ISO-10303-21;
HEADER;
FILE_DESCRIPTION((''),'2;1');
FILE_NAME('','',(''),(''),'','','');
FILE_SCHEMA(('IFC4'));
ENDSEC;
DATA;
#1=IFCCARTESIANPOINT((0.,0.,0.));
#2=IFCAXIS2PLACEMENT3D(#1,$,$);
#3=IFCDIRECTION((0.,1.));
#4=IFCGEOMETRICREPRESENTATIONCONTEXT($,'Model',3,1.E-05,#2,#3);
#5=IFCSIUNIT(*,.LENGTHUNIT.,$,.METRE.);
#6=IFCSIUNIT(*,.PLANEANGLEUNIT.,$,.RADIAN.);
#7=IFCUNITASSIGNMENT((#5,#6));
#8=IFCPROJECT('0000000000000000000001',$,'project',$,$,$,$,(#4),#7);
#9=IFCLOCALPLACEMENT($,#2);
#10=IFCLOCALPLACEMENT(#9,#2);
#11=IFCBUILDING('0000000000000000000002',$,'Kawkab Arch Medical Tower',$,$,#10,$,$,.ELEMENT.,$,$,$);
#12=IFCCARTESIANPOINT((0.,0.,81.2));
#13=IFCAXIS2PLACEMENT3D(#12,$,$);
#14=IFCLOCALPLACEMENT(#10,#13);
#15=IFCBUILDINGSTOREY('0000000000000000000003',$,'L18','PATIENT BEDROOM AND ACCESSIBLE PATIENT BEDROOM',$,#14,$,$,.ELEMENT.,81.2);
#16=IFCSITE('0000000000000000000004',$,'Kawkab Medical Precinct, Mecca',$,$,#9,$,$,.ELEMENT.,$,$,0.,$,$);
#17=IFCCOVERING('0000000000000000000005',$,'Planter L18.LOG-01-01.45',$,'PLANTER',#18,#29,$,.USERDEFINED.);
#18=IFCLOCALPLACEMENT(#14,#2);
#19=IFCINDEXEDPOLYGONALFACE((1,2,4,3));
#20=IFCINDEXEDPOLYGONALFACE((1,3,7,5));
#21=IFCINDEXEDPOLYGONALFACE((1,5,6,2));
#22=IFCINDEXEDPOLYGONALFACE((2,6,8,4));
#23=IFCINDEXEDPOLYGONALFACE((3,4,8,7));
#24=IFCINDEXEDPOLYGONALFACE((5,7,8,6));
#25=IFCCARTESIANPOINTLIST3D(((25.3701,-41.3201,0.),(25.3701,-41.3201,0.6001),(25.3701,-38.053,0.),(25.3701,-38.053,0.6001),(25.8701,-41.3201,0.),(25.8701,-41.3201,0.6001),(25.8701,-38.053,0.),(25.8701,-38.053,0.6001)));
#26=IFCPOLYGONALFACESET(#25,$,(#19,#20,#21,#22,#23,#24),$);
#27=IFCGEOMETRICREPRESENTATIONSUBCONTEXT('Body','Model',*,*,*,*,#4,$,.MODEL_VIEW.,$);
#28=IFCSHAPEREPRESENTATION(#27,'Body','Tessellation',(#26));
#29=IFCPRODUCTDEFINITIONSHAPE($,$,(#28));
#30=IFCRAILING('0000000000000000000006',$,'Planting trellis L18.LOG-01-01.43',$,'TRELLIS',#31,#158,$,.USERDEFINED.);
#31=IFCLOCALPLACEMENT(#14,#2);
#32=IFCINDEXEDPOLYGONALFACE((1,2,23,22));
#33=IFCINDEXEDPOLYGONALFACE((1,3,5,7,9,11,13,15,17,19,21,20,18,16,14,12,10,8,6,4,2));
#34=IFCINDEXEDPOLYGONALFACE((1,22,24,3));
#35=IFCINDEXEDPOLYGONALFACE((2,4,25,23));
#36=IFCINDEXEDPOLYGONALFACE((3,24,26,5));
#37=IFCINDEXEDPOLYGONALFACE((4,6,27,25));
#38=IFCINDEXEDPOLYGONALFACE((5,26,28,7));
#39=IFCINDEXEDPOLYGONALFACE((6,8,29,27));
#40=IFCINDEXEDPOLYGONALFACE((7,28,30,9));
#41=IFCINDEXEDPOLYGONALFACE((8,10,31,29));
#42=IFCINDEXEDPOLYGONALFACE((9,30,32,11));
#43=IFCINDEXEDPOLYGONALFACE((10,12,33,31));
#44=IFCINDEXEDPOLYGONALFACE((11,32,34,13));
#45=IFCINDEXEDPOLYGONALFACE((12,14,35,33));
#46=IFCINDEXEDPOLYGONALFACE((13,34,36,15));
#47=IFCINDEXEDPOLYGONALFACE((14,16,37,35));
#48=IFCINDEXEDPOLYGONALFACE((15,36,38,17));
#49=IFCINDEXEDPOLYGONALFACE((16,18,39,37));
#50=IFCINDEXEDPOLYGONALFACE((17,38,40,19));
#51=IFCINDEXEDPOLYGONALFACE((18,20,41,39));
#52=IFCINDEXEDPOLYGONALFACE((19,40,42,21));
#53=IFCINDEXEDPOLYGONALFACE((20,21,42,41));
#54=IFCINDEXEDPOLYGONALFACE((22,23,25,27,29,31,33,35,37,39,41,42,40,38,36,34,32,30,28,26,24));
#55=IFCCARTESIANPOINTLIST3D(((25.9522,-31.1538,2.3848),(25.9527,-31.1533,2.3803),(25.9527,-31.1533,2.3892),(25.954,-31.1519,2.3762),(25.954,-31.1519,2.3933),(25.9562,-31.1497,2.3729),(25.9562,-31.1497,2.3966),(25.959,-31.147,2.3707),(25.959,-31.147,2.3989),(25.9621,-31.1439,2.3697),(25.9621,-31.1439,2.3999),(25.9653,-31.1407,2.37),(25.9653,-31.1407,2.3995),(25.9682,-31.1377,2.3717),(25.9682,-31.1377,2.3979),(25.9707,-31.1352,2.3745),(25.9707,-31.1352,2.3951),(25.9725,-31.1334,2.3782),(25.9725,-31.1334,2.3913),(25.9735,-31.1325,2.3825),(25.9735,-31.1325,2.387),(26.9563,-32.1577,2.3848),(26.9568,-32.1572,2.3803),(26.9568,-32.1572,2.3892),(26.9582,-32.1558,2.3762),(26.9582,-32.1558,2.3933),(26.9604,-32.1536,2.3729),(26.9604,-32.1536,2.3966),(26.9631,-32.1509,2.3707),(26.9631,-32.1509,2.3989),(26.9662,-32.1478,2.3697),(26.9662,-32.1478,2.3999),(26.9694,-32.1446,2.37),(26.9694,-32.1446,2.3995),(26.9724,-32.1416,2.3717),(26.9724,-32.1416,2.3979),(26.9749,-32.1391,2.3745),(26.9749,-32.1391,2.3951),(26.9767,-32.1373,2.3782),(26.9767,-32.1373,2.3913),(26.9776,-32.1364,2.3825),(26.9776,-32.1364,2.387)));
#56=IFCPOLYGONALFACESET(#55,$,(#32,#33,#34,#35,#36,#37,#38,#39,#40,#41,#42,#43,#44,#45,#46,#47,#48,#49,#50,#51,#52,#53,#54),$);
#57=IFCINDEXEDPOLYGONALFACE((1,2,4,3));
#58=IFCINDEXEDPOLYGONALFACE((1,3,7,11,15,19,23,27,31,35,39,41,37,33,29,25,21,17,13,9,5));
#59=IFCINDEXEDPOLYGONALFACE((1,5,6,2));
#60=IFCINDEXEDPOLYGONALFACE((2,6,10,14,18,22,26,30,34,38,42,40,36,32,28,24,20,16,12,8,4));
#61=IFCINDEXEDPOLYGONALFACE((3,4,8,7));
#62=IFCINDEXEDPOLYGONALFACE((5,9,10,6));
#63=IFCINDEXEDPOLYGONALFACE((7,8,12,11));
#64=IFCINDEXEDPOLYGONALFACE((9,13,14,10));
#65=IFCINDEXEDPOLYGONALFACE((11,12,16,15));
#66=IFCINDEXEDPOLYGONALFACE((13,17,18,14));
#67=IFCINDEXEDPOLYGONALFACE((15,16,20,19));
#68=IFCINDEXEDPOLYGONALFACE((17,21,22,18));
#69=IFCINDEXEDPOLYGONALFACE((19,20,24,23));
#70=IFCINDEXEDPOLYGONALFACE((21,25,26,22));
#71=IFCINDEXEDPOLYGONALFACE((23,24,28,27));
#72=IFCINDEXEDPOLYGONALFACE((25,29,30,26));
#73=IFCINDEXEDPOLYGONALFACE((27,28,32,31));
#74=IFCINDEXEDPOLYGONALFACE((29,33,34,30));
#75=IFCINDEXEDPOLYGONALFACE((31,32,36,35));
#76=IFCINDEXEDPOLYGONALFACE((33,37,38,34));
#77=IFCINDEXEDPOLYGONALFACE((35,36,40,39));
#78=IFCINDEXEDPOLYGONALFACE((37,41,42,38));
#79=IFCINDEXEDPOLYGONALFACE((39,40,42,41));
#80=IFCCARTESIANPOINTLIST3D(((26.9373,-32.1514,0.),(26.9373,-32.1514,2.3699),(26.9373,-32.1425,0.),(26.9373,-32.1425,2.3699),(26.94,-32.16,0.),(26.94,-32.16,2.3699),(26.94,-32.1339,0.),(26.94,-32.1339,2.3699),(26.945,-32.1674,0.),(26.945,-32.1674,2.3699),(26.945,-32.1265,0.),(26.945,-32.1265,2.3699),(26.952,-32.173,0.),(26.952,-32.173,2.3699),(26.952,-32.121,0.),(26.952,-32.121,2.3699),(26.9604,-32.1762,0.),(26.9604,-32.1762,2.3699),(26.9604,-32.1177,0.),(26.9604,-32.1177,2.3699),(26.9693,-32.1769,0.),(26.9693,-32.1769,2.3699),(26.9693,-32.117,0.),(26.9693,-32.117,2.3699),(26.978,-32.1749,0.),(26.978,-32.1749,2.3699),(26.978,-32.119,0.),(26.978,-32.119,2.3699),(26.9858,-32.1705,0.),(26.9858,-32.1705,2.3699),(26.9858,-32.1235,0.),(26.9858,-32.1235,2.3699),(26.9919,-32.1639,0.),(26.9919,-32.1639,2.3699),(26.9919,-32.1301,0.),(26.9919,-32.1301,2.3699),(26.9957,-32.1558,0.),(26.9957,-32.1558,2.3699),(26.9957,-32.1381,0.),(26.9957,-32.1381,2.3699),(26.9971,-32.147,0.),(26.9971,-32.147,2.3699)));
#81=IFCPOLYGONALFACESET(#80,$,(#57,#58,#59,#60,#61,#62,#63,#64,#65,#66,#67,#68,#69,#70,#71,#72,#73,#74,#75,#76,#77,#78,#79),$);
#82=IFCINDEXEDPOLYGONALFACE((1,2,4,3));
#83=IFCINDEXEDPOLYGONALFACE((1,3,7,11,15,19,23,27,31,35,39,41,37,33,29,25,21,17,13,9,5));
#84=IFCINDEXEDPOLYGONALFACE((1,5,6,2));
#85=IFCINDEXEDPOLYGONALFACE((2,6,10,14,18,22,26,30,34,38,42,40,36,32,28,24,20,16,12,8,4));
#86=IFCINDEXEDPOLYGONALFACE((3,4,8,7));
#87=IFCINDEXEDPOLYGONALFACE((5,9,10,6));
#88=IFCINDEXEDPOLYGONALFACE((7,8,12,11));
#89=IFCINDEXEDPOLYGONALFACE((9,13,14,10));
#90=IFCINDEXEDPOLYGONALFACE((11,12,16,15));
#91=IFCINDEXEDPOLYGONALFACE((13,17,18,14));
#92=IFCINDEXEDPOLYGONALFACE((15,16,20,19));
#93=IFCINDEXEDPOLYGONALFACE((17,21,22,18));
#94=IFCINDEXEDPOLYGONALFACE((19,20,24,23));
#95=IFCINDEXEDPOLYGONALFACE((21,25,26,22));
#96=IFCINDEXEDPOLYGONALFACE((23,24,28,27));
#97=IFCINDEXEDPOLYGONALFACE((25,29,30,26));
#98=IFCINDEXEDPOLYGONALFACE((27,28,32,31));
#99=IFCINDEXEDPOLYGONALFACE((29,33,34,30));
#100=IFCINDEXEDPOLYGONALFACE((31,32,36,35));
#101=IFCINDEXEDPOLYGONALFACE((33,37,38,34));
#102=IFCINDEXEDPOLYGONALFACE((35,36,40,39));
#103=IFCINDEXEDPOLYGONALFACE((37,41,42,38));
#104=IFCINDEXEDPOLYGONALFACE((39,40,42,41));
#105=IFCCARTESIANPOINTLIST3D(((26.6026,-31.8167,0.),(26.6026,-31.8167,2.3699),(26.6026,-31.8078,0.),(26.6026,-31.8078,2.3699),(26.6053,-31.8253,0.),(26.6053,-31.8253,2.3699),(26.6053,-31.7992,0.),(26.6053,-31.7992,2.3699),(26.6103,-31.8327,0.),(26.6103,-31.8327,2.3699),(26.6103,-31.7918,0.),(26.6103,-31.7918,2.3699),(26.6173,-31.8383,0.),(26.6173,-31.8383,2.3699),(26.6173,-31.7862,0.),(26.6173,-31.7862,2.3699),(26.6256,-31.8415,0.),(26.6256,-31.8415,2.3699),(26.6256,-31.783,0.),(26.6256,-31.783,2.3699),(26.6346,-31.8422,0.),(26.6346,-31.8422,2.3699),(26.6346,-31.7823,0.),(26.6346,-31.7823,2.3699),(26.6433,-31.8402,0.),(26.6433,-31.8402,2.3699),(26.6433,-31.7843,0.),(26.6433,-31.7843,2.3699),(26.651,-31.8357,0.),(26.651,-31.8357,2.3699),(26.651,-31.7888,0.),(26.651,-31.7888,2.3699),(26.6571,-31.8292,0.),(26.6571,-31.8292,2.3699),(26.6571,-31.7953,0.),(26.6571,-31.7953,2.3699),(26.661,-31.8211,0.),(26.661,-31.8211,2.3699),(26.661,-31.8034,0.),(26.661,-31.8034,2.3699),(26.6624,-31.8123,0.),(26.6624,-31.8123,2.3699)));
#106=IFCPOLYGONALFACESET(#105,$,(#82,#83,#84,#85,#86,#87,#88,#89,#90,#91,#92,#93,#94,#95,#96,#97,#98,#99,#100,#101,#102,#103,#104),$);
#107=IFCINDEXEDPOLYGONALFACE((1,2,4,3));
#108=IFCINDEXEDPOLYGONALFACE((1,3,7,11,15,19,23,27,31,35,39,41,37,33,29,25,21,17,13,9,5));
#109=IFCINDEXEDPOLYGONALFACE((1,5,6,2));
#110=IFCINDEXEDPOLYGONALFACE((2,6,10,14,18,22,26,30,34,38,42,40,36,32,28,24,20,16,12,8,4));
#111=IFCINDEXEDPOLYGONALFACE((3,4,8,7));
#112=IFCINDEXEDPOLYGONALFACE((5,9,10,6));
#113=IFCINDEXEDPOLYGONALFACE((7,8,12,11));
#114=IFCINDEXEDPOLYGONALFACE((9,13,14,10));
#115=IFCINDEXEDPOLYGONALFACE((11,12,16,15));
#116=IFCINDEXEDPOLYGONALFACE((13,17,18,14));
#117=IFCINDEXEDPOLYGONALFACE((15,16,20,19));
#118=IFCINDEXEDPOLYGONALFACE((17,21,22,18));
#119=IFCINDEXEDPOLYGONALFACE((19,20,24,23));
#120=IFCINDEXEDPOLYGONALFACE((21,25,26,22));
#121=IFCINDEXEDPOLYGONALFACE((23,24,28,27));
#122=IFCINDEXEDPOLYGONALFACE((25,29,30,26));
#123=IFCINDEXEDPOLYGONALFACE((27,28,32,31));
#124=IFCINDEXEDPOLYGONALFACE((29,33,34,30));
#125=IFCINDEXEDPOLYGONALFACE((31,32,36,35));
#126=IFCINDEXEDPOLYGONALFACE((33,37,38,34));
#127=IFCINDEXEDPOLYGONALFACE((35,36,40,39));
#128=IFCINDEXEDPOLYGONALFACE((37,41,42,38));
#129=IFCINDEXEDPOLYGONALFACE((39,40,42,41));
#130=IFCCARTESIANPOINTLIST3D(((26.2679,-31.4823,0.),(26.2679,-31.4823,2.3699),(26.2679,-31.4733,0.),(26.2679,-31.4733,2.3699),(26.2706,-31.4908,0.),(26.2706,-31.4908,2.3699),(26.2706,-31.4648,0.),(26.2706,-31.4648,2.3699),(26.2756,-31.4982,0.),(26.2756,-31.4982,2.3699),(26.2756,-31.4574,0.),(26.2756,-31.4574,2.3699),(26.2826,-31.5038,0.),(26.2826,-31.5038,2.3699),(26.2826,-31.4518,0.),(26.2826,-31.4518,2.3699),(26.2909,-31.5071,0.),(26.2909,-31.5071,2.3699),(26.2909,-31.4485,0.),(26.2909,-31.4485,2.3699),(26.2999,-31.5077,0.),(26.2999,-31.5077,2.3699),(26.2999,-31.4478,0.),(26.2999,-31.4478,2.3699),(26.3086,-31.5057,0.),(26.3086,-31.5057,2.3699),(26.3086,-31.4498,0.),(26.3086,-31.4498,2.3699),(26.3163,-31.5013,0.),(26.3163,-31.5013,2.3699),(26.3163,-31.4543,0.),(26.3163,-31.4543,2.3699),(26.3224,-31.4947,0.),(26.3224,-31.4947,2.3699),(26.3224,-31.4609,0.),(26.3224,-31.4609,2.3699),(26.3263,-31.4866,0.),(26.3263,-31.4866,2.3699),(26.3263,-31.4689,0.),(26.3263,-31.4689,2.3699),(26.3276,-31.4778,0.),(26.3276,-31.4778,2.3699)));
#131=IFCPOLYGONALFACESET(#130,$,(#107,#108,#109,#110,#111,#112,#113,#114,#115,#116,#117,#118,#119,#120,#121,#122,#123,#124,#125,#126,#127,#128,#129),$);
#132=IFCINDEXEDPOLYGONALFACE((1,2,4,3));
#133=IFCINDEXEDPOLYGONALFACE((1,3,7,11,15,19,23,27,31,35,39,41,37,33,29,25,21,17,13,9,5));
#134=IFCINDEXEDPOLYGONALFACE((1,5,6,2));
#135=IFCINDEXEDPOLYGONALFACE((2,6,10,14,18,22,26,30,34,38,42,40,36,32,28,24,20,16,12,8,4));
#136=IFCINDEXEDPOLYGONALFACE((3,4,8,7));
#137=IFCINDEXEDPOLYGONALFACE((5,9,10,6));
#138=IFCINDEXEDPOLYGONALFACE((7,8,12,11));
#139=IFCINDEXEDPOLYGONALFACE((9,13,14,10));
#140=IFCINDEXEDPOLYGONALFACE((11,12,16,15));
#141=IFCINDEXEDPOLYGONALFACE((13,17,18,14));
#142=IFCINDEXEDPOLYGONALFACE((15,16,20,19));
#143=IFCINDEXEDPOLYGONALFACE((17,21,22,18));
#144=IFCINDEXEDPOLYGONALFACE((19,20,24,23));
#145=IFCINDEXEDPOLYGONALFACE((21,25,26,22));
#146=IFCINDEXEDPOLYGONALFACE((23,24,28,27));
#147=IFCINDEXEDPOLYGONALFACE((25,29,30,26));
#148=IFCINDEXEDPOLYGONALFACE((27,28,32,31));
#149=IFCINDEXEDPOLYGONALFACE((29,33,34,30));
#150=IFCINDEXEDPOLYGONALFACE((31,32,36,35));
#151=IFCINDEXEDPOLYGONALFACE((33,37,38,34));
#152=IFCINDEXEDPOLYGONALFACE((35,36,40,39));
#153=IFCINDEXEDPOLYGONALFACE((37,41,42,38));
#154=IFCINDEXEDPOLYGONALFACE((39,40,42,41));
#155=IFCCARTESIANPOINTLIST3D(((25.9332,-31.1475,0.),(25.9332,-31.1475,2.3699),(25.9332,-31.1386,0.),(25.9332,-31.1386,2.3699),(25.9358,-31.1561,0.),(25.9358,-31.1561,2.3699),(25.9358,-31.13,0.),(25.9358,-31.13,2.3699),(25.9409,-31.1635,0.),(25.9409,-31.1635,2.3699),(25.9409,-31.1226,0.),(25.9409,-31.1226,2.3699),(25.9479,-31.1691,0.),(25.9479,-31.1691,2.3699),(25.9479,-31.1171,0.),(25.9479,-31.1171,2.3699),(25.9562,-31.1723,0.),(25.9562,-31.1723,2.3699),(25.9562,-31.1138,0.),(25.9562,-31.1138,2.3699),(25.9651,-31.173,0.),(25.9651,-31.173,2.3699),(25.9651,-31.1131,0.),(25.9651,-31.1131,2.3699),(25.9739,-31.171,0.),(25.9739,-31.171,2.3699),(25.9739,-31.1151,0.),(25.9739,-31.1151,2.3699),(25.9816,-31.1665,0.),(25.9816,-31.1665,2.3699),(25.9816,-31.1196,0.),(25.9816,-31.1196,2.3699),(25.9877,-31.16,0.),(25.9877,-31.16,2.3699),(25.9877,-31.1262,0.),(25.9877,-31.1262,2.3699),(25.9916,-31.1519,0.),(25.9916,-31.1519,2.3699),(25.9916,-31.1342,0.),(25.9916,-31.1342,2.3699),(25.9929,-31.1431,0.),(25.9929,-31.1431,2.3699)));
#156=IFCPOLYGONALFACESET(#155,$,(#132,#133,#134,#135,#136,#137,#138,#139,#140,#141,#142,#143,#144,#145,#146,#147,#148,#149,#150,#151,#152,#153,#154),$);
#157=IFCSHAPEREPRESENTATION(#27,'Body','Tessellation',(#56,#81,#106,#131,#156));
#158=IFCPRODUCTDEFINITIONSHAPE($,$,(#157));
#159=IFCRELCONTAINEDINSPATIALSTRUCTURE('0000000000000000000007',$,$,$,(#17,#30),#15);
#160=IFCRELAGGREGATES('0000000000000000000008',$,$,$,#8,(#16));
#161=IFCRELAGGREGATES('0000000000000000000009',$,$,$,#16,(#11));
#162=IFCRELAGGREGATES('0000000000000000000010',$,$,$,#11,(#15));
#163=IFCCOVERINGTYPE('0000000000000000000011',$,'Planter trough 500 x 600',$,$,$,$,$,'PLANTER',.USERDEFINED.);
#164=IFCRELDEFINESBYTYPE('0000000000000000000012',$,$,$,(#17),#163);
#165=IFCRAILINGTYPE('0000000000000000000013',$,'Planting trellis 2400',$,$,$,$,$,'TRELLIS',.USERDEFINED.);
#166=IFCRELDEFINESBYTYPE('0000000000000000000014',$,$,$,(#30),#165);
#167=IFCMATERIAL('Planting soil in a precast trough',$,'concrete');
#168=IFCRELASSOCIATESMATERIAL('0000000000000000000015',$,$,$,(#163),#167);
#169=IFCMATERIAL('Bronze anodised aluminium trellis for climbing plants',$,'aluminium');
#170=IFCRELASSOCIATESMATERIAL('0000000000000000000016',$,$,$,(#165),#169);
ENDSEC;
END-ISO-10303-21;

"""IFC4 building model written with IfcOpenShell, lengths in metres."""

from ifc_helpers import new_model, si_unit, direction, frame, origin, origin_2d, place, context, subcontext, project, spatial, rectangle, circle, extrude, material, material_profile, profile_set, type_object, element, save


model = new_model("IFC4")

# Units and contexts
model_context = context("Model", 3, precision=1e-05, world=origin(), true_north=direction((0.0, 1.0)))
body_context = subcontext(model_context, "Body", "Model", "MODEL_VIEW")
ifc_project = project(units=[si_unit("LENGTHUNIT", "METRE"), si_unit("PLANEANGLEUNIT", "RADIAN")], contexts=[model_context])

# Site, building, storey
site_placement = place(None, origin())
site = spatial("IfcSite", under=ifc_project, at=site_placement, Name="Kawkab Medical Precinct, Mecca", CompositionType="ELEMENT", RefElevation=0.0)
building_placement = place(site_placement, origin())
building = spatial("IfcBuilding", under=site, at=building_placement, Name="Kawkab Arch Medical Tower", CompositionType="ELEMENT")
storey_placement = place(building_placement, frame((0.0, 0.0, 81.2)))
storey = spatial("IfcBuildingStorey", under=building, at=storey_placement, Name="L18", Description="PATIENT BEDROOM AND ACCESSIBLE PATIENT BEDROOM", CompositionType="ELEMENT", Elevation=81.2)

# Covering
ifc_material_1 = material(Name="Planting soil in a precast trough", Category="concrete")
ifc_material_profile_1 = material_profile(ifc_material_1, rectangle(XDim=0.5, YDim=0.6001, at=origin_2d()), Name="Trough 500x600")
ifc_profile_set_1 = profile_set([ifc_material_profile_1], Name="Planting soil in a precast trough")
covering_type = type_object("IfcCoveringType", Name="Planter trough 500 x 600", ElementType="PLANTER", PredefinedType="USERDEFINED", material=ifc_profile_set_1)
covering_1_placement = place(storey_placement, frame((25.6201, -38.053, 0.3), z_axis=(0.0, -1.0, 0.0), x_axis=(1.0, 0.0, 0.0)))
element("IfcCovering", 1, at=covering_1_placement, inside=storey, type_object=covering_type, Name="Planter L18.LOG-01-01.45", ObjectType="PLANTER", PredefinedType="USERDEFINED", context=body_context, shape_type="SweptSolid", body=[
    extrude(rectangle(XDim=0.5, YDim=0.6001, at=origin_2d()), origin(), (0.0, 0.0, 1.0), 3.2671),
])

# Railing
ifc_material_2 = material(Name="Bronze anodised aluminium trellis for climbing plants", Category="aluminium")
railing_type = type_object("IfcRailingType", Name="Planting trellis 2400", ElementType="TRELLIS", PredefinedType="USERDEFINED", material=ifc_material_2)
railing_1_placement = place(storey_placement, frame((26.967, -32.147, 0.0)))
element("IfcRailing", 2, at=railing_1_placement, inside=storey, type_object=railing_type, Name="Planting trellis L18.LOG-01-01.43", ObjectType="TRELLIS", PredefinedType="USERDEFINED", context=body_context, shape_type="SweptSolid", body=[
    extrude(circle(Radius=0.0151, at=origin_2d()), frame((0.0, 0.0, 2.3848), z_axis=(-0.707193, 0.707021, 0.0), x_axis=(-0.707021, -0.707193, 0.0)), (0.0, 0.0, 1.0), 1.4199),
    extrude(circle(Radius=0.03, at=origin_2d()), origin(), (0.0, 0.0, 1.0), 2.3699),
    extrude(circle(Radius=0.03, at=origin_2d()), frame((-0.3347, 0.3347, 0.0)), (0.0, 0.0, 1.0), 2.3699),
    extrude(circle(Radius=0.03, at=origin_2d()), frame((-0.6694, 0.6692, 0.0)), (0.0, 0.0, 1.0), 2.3699),
    extrude(circle(Radius=0.03, at=origin_2d()), frame((-1.0042, 1.0039, 0.0)), (0.0, 0.0, 1.0), 2.3699),
])

save(model, "model.ifc")
